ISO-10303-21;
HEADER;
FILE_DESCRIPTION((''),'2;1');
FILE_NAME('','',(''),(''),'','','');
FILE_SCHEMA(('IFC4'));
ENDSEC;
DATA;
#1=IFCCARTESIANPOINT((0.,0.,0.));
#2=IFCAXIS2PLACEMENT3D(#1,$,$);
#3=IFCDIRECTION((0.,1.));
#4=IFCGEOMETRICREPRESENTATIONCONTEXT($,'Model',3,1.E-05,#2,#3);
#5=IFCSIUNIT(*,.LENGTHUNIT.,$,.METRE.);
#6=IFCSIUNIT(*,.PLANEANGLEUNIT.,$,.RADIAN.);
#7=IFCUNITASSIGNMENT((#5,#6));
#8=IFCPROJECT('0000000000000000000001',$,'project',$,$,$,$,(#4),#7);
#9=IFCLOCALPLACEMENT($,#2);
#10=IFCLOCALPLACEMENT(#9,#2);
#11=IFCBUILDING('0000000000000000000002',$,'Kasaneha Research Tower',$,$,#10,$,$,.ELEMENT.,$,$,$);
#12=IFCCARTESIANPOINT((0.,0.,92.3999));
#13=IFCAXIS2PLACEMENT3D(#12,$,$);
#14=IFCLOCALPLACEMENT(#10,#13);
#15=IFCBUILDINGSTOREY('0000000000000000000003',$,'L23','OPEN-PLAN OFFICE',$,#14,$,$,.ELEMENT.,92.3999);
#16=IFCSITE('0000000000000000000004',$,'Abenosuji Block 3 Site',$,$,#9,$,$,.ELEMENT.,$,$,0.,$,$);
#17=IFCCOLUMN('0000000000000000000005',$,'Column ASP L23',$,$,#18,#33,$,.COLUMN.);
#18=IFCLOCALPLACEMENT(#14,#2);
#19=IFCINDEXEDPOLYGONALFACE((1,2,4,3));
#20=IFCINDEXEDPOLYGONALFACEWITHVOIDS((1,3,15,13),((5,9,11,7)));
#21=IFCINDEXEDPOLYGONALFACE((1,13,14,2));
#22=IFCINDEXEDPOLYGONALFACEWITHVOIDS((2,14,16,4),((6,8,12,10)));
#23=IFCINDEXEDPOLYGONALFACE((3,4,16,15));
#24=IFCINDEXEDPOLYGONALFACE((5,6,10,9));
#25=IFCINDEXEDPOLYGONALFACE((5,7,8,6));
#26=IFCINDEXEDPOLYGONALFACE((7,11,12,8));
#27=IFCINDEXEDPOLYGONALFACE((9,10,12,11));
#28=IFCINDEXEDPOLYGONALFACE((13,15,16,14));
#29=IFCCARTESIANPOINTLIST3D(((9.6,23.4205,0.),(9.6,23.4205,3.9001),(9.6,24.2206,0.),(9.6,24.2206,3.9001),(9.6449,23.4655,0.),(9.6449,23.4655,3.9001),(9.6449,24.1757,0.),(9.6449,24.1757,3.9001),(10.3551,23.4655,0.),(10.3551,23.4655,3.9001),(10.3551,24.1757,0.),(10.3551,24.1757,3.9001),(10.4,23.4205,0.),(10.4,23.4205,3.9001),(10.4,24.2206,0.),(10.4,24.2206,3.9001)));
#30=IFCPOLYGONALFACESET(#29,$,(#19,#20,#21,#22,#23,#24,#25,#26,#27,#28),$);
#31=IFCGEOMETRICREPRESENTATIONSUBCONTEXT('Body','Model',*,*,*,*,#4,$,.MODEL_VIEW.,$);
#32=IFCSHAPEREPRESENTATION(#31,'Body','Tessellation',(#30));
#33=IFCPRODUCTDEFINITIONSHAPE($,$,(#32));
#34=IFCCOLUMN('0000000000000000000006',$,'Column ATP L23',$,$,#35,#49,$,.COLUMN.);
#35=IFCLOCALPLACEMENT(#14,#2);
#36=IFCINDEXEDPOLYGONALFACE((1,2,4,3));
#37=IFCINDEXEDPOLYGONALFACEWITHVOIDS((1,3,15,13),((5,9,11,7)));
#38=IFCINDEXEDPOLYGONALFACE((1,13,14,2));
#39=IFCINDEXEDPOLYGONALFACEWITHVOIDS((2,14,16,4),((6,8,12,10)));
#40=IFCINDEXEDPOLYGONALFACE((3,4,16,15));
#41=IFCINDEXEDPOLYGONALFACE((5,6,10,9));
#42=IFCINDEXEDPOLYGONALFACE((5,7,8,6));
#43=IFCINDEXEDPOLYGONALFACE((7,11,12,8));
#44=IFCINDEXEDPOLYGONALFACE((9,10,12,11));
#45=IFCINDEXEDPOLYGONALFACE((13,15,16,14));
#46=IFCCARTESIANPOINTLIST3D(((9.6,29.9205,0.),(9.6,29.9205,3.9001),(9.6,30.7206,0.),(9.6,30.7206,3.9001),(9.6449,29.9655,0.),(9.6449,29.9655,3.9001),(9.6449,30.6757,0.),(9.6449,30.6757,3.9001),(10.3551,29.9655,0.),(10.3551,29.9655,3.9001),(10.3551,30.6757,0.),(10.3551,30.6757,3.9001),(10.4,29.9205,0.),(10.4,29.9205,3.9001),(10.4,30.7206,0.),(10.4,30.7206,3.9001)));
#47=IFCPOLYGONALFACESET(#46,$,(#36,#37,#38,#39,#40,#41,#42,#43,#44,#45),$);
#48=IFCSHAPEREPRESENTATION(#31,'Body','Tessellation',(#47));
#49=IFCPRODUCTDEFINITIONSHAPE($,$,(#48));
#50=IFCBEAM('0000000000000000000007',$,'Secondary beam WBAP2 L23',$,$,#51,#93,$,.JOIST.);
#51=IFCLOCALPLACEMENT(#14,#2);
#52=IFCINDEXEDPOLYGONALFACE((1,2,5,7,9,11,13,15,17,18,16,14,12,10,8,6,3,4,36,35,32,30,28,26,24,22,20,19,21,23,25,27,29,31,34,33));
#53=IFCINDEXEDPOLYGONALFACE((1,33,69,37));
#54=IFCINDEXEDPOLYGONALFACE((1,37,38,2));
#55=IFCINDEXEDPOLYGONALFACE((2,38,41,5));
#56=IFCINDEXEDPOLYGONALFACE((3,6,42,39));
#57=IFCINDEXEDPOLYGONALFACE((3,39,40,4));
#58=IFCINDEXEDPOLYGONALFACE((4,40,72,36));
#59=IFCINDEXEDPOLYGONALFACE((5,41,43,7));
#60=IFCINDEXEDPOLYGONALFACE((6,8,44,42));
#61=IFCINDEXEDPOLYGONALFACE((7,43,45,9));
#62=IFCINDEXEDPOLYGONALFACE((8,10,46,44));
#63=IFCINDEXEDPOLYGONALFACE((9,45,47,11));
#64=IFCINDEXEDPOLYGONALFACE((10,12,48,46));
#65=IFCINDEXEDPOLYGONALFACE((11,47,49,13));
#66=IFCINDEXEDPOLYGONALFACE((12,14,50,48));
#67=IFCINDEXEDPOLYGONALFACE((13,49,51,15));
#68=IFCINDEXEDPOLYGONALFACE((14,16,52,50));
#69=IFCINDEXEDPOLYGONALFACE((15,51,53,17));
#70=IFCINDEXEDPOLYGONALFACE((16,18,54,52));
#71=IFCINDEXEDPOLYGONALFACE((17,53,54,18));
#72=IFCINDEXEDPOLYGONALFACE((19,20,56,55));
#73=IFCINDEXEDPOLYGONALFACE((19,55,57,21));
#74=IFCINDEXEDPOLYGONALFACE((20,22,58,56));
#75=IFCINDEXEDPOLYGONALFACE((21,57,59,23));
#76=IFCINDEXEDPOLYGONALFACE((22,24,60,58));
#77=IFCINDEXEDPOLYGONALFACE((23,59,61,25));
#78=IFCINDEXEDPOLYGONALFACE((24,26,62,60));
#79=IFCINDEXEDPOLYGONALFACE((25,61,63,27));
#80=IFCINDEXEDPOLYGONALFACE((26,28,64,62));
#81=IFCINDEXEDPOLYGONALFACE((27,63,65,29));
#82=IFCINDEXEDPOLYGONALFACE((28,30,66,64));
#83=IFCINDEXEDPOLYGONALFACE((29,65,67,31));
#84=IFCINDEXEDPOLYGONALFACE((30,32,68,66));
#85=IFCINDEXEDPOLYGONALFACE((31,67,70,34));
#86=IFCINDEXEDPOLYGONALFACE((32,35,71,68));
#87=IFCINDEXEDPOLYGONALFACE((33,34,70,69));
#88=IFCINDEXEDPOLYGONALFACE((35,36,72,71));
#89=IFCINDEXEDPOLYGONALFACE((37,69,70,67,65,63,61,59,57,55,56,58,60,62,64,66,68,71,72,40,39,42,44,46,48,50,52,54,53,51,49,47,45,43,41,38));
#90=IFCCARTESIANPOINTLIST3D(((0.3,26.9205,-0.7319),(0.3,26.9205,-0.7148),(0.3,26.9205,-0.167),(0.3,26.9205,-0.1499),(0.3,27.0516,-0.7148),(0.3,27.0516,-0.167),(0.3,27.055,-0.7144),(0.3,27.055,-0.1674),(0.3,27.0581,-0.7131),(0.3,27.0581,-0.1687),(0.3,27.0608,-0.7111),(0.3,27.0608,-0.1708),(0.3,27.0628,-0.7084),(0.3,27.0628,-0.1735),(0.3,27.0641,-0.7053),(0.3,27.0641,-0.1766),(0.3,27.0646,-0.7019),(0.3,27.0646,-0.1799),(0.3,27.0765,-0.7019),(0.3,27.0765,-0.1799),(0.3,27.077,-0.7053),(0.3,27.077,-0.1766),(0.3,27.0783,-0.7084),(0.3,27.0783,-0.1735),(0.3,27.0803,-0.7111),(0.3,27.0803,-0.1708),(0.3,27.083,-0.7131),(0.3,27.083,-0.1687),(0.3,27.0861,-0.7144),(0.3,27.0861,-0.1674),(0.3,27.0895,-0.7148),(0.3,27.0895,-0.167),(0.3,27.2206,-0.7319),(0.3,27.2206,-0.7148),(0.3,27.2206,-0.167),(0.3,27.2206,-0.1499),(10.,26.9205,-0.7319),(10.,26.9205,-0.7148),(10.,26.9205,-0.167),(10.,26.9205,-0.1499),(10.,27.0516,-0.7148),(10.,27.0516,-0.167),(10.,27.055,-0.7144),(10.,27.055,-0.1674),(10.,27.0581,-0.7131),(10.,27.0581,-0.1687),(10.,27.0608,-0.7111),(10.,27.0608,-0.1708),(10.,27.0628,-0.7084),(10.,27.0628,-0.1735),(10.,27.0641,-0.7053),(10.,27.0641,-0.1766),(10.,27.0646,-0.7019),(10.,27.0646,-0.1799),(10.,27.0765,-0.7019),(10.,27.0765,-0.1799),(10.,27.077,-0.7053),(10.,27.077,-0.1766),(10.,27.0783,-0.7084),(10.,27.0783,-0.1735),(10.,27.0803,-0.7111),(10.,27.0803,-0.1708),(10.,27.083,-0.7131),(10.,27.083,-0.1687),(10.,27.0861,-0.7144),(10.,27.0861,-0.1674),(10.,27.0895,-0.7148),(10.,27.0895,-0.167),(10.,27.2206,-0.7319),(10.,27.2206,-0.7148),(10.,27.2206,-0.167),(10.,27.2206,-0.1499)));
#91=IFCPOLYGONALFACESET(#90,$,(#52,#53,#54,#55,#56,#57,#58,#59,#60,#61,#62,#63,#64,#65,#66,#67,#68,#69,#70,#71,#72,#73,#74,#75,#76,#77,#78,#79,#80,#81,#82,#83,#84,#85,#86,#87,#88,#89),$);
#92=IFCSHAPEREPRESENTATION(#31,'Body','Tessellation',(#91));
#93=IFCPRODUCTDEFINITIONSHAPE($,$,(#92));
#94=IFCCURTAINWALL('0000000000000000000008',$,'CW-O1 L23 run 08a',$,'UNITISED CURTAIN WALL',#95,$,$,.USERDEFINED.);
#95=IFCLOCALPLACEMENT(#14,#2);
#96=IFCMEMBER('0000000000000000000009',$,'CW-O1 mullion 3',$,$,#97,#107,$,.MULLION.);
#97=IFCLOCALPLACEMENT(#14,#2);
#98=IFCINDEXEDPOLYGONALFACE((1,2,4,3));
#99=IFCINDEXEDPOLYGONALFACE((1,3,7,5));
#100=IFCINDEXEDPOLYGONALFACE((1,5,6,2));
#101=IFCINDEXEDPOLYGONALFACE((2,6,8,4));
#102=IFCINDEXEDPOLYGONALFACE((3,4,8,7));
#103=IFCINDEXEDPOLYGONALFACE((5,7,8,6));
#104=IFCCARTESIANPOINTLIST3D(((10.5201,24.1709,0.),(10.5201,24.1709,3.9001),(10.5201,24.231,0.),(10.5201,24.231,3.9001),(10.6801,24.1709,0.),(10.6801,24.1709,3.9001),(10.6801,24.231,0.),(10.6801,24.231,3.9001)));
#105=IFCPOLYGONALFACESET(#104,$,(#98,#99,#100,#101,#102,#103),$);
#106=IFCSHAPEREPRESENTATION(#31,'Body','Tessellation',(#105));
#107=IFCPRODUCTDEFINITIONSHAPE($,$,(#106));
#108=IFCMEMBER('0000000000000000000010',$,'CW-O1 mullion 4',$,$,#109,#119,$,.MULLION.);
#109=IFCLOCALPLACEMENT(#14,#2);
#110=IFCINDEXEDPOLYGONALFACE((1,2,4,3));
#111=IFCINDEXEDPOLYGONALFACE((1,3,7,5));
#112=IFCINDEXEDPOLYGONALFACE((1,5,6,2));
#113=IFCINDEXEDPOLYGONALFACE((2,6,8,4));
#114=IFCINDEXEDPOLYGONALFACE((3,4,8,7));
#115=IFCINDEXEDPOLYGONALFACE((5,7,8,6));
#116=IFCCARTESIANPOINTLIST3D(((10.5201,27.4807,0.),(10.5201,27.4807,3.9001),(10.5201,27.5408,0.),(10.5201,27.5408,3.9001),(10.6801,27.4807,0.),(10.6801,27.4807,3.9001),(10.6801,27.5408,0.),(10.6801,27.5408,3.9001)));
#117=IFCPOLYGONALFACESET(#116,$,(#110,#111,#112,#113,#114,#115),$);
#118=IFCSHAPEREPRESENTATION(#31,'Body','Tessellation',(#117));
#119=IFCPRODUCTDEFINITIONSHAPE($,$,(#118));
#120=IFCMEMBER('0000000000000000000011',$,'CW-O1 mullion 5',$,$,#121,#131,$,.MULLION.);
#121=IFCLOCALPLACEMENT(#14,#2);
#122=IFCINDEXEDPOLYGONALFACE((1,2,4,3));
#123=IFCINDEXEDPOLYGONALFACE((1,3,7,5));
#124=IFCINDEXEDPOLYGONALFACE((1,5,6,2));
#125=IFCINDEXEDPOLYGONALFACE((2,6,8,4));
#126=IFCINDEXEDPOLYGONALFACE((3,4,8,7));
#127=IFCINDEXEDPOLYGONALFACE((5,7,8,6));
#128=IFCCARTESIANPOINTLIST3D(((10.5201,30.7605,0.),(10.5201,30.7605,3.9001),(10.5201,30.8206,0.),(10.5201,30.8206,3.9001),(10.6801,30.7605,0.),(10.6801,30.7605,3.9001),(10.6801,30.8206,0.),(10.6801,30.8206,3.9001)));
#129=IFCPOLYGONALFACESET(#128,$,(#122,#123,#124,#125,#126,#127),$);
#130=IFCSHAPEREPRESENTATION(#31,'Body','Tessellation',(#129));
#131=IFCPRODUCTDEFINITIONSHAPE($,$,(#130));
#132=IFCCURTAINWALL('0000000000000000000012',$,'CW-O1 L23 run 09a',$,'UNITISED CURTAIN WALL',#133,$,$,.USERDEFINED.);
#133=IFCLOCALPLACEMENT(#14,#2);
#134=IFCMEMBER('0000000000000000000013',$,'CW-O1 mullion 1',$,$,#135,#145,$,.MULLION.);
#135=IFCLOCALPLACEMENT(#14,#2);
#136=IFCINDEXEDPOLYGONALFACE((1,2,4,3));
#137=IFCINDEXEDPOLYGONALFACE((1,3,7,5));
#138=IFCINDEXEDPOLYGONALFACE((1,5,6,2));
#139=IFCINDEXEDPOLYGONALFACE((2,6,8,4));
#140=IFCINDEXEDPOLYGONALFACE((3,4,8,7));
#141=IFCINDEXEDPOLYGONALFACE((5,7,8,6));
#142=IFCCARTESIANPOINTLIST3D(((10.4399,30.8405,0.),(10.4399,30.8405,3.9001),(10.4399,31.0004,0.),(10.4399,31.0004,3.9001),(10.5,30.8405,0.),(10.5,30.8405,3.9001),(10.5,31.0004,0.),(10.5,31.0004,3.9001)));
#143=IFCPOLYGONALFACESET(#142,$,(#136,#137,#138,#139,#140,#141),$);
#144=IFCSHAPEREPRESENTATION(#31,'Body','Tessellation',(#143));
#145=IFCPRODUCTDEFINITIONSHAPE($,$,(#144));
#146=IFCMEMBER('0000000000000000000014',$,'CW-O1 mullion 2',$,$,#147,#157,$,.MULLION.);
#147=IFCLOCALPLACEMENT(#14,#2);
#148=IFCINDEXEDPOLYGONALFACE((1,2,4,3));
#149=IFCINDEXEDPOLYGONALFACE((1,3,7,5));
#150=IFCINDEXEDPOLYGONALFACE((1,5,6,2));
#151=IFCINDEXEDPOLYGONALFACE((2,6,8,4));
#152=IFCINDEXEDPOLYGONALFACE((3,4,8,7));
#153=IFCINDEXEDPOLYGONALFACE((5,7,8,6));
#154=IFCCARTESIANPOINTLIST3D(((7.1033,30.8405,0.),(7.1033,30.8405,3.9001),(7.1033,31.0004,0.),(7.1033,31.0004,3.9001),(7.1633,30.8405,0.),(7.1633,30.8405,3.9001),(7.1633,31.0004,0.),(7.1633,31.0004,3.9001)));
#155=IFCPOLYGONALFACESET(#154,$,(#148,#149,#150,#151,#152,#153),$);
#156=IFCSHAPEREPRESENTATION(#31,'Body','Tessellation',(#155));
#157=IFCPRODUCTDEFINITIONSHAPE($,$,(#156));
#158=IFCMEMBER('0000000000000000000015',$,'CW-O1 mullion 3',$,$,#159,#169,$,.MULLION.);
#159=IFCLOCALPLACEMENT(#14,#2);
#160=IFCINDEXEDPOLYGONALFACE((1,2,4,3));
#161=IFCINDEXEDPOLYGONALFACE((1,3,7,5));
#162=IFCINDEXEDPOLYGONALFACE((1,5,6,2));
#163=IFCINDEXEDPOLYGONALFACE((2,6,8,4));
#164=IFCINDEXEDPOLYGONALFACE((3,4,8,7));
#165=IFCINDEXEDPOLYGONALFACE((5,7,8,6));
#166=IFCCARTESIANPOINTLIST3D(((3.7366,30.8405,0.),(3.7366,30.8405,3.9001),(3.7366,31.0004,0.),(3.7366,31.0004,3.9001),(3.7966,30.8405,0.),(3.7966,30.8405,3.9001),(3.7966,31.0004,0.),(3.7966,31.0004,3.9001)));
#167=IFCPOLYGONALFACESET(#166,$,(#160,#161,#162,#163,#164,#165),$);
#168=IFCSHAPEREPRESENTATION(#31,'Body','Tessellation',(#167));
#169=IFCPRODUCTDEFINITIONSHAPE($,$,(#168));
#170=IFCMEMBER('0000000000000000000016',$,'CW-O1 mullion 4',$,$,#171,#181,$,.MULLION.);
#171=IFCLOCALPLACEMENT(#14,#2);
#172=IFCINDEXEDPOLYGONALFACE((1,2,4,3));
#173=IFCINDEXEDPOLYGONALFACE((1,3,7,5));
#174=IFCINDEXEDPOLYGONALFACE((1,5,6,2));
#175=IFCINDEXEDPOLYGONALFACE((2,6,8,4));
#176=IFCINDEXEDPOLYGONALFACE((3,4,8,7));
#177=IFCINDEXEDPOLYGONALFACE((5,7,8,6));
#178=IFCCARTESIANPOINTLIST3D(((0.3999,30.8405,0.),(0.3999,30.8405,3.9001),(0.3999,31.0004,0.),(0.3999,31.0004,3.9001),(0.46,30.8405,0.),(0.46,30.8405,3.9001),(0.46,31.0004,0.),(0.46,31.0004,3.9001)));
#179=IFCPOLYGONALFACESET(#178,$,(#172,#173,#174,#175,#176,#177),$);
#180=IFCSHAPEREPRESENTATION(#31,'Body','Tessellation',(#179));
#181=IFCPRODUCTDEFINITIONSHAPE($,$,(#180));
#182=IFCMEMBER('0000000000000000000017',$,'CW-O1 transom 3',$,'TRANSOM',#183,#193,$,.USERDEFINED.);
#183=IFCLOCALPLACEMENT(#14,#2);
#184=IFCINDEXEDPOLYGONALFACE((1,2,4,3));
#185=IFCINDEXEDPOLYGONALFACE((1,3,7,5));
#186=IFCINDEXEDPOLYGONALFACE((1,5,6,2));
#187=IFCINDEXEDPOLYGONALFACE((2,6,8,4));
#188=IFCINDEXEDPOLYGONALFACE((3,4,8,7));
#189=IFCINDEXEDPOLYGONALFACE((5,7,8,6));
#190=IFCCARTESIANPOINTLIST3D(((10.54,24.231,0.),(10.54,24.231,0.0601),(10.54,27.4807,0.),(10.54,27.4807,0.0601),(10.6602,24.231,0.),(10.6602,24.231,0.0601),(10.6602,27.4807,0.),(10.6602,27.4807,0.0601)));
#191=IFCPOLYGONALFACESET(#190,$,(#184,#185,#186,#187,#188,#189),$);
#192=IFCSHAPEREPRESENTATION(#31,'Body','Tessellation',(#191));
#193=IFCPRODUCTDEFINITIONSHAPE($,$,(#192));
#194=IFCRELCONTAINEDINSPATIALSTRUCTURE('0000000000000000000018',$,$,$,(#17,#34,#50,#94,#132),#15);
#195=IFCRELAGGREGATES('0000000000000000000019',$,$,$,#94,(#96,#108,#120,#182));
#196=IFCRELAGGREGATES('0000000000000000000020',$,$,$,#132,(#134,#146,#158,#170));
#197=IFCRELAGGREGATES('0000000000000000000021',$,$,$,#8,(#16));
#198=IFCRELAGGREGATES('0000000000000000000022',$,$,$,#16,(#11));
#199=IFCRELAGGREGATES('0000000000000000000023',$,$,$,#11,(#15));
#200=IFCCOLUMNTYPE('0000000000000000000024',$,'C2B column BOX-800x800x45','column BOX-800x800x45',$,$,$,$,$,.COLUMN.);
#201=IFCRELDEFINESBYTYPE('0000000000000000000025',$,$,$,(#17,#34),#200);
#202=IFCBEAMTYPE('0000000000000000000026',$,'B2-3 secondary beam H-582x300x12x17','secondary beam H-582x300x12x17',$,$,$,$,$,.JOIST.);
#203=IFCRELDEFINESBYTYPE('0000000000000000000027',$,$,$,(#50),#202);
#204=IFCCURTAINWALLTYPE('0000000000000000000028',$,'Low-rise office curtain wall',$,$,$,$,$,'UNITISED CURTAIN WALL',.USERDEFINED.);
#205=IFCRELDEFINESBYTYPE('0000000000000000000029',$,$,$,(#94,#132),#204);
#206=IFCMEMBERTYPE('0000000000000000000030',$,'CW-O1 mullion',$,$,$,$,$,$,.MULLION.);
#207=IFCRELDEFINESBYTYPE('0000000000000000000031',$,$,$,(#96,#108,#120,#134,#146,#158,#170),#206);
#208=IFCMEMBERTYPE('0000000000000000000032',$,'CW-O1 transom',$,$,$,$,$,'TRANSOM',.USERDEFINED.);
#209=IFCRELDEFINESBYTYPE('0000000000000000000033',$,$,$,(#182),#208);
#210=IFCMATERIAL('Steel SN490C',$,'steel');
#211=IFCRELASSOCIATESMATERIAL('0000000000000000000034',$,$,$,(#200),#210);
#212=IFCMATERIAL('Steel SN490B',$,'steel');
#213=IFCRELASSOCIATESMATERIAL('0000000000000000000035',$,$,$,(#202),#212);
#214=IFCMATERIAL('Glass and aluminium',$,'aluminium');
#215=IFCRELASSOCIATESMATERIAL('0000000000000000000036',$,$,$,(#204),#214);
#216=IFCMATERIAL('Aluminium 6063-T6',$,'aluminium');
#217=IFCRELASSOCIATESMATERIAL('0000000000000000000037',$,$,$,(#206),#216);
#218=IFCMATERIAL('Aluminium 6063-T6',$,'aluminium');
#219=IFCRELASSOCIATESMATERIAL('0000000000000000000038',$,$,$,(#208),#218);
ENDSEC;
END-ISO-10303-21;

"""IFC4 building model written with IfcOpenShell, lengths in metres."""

from ifc_helpers import new_model, si_unit, direction, frame, origin, origin_2d, place, context, subcontext, project, spatial, rectangle, hollow_rectangle, i_section, extrude, material, material_profile, profile_set, type_object, element, aggregate, save


model = new_model("IFC4")

# Units and contexts
model_context = context("Model", 3, precision=1e-05, world=origin(), true_north=direction((0.0, 1.0)))
body_context = subcontext(model_context, "Body", "Model", "MODEL_VIEW")
ifc_project = project(units=[si_unit("LENGTHUNIT", "METRE"), si_unit("PLANEANGLEUNIT", "RADIAN")], contexts=[model_context])

# Site, building, storey
site_placement = place(None, origin())
site = spatial("IfcSite", under=ifc_project, at=site_placement, Name="Abenosuji Block 3 Site", CompositionType="ELEMENT", RefElevation=0.0)
building_placement = place(site_placement, origin())
building = spatial("IfcBuilding", under=site, at=building_placement, Name="Kasaneha Research Tower", CompositionType="ELEMENT")
storey_placement = place(building_placement, frame((0.0, 0.0, 92.3999)))
storey = spatial("IfcBuildingStorey", under=building, at=storey_placement, Name="L23", Description="OPEN-PLAN OFFICE", CompositionType="ELEMENT", Elevation=92.3999)

# Columns
ifc_material_1 = material(Name="Steel SN490C", Category="steel")
ifc_material_profile_1 = material_profile(ifc_material_1, hollow_rectangle(XDim=0.8, YDim=0.8, WallThickness=0.0449, at=origin_2d()), Name="BOX-800x800x45")
ifc_profile_set_1 = profile_set([ifc_material_profile_1], Name="Steel SN490C")
column_type = type_object("IfcColumnType", Name="C2B column BOX-800x800x45", Description="column BOX-800x800x45", PredefinedType="COLUMN", material=ifc_profile_set_1)
for number, where, z_axis, x_axis, name in (
    (1, (10.0, 23.8206, 0.0), (0.0, 0.0, 1.0), (1.0, 0.0, 0.0), "Column ASP L23"),
    (2, (10.0, 30.3206, 0.0), (0.0, 0.0, 1.0), (1.0, 0.0, 0.0), "Column ATP L23"),
):
    element("IfcColumn", number, at=place(storey_placement, frame(where, z_axis=z_axis, x_axis=x_axis)), inside=storey, type_object=column_type, Name=name, PredefinedType="COLUMN", context=body_context, shape_type="SweptSolid", body=[
        extrude(hollow_rectangle(XDim=0.8, YDim=0.8, WallThickness=0.0449, at=origin_2d()), origin(), (0.0, 0.0, 1.0), 3.9001),
    ])

# Beam
ifc_material_2 = material(Name="Steel SN490B", Category="steel")
ifc_material_profile_2 = material_profile(ifc_material_2, i_section(OverallWidth=0.3, OverallDepth=0.582, WebThickness=0.012, FlangeThickness=0.0171, FilletRadius=0.0129, at=origin_2d()), Name="H-582x300x12x17")
ifc_profile_set_2 = profile_set([ifc_material_profile_2], Name="Steel SN490B")
beam_type_1 = type_object("IfcBeamType", Name="B2-3 secondary beam H-582x300x12x17", Description="secondary beam H-582x300x12x17", PredefinedType="JOIST", material=ifc_profile_set_2)
beam_1_placement = place(storey_placement, frame((10.0, 27.0706, -0.4409), z_axis=(-1.0, 0.0, 0.0), x_axis=(0.0, -1.0, 0.0)))
element("IfcBeam", 3, at=beam_1_placement, inside=storey, type_object=beam_type_1, Name="Secondary beam WBAP2 L23", PredefinedType="JOIST", context=body_context, shape_type="SweptSolid", body=[
    extrude(i_section(OverallWidth=0.3, OverallDepth=0.582, WebThickness=0.012, FlangeThickness=0.0171, FilletRadius=0.0129, at=origin_2d()), origin(), (0.0, 0.0, 1.0), 9.7),
])

# Curtain walls, members
ifc_material_3 = material(Name="Glass and aluminium", Category="aluminium")
curtain_wall_type = type_object("IfcCurtainWallType", Name="Low-rise office curtain wall", ElementType="UNITISED CURTAIN WALL", PredefinedType="USERDEFINED", material=ifc_material_3)
curtain_wall_1_placement = place(storey_placement, origin())
curtain_wall_1 = element("IfcCurtainWall", 4, at=curtain_wall_1_placement, inside=storey, type_object=curtain_wall_type, Name="CW-O1 L23 run 08a", ObjectType="UNITISED CURTAIN WALL", PredefinedType="USERDEFINED")
ifc_material_4 = material(Name="Aluminium 6063-T6", Category="aluminium")
ifc_material_profile_3 = material_profile(ifc_material_4, rectangle(XDim=0.0601, YDim=0.1599, at=origin_2d()), Name="CW-O1 mullion 60x160")
ifc_profile_set_3 = profile_set([ifc_material_profile_3], Name="Aluminium 6063-T6")
member_type_1 = type_object("IfcMemberType", Name="CW-O1 mullion", PredefinedType="MULLION", material=ifc_profile_set_3)
member_1_placement = place(storey_placement, frame((10.6001, 24.2009, 0.0), z_axis=(0.0, 0.0, 1.0), x_axis=(0.0, 1.0, 0.0)))
member_1 = element("IfcMember", 5, at=member_1_placement, type_object=member_type_1, Name="CW-O1 mullion 3", PredefinedType="MULLION", context=body_context, shape_type="SweptSolid", body=[
    extrude(rectangle(XDim=0.0601, YDim=0.1599, at=origin_2d()), origin(), (0.0, 0.0, 1.0), 3.9001),
])
member_2_placement = place(storey_placement, frame((10.6001, 27.5107, 0.0), z_axis=(0.0, 0.0, 1.0), x_axis=(0.0, 1.0, 0.0)))
member_2 = element("IfcMember", 6, at=member_2_placement, type_object=member_type_1, Name="CW-O1 mullion 4", PredefinedType="MULLION", context=body_context, shape_type="SweptSolid", body=[
    extrude(rectangle(XDim=0.0601, YDim=0.1599, at=origin_2d()), origin(), (0.0, 0.0, 1.0), 3.9001),
])
member_3_placement = place(storey_placement, frame((10.6001, 30.7905, 0.0), z_axis=(0.0, 0.0, 1.0), x_axis=(0.0, 1.0, 0.0)))
member_3 = element("IfcMember", 7, at=member_3_placement, type_object=member_type_1, Name="CW-O1 mullion 5", PredefinedType="MULLION", context=body_context, shape_type="SweptSolid", body=[
    extrude(rectangle(XDim=0.0601, YDim=0.1599, at=origin_2d()), origin(), (0.0, 0.0, 1.0), 3.9001),
])
curtain_wall_2_placement = place(storey_placement, origin())
curtain_wall_2 = element("IfcCurtainWall", 8, at=curtain_wall_2_placement, inside=storey, type_object=curtain_wall_type, Name="CW-O1 L23 run 09a", ObjectType="UNITISED CURTAIN WALL", PredefinedType="USERDEFINED")
member_4_placement = place(storey_placement, frame((10.47, 30.9204, 0.0), z_axis=(0.0, 0.0, 1.0), x_axis=(-1.0, 0.0, 0.0)))
member_4 = element("IfcMember", 9, at=member_4_placement, type_object=member_type_1, Name="CW-O1 mullion 1", PredefinedType="MULLION", context=body_context, shape_type="SweptSolid", body=[
    extrude(rectangle(XDim=0.0601, YDim=0.1599, at=origin_2d()), origin(), (0.0, 0.0, 1.0), 3.9001),
])
member_5_placement = place(storey_placement, frame((7.1333, 30.9204, 0.0), z_axis=(0.0, 0.0, 1.0), x_axis=(-1.0, 0.0, 0.0)))
member_5 = element("IfcMember", 10, at=member_5_placement, type_object=member_type_1, Name="CW-O1 mullion 2", PredefinedType="MULLION", context=body_context, shape_type="SweptSolid", body=[
    extrude(rectangle(XDim=0.0601, YDim=0.1599, at=origin_2d()), origin(), (0.0, 0.0, 1.0), 3.9001),
])
member_6_placement = place(storey_placement, frame((3.7666, 30.9204, 0.0), z_axis=(0.0, 0.0, 1.0), x_axis=(-1.0, 0.0, 0.0)))
member_6 = element("IfcMember", 11, at=member_6_placement, type_object=member_type_1, Name="CW-O1 mullion 3", PredefinedType="MULLION", context=body_context, shape_type="SweptSolid", body=[
    extrude(rectangle(XDim=0.0601, YDim=0.1599, at=origin_2d()), origin(), (0.0, 0.0, 1.0), 3.9001),
])
member_7_placement = place(storey_placement, frame((0.4299, 30.9204, 0.0), z_axis=(0.0, 0.0, 1.0), x_axis=(-1.0, 0.0, 0.0)))
member_7 = element("IfcMember", 12, at=member_7_placement, type_object=member_type_1, Name="CW-O1 mullion 4", PredefinedType="MULLION", context=body_context, shape_type="SweptSolid", body=[
    extrude(rectangle(XDim=0.0601, YDim=0.1599, at=origin_2d()), origin(), (0.0, 0.0, 1.0), 3.9001),
])

# Member
ifc_material_5 = material(Name="Aluminium 6063-T6", Category="aluminium")
ifc_material_profile_4 = material_profile(ifc_material_5, rectangle(XDim=0.1201, YDim=0.0601, at=origin_2d()), Name="CW-O1 transom 120x60")
ifc_profile_set_4 = profile_set([ifc_material_profile_4], Name="Aluminium 6063-T6")
member_type_2 = type_object("IfcMemberType", Name="CW-O1 transom", ElementType="TRANSOM", PredefinedType="USERDEFINED", material=ifc_profile_set_4)
member_8_placement = place(storey_placement, frame((10.6001, 24.231, 0.03), z_axis=(0.0, 1.0, 0.0), x_axis=(-1.0, 0.0, 0.0)))
member_8 = element("IfcMember", 13, at=member_8_placement, type_object=member_type_2, Name="CW-O1 transom 3", ObjectType="TRANSOM", PredefinedType="USERDEFINED", context=body_context, shape_type="SweptSolid", body=[
    extrude(rectangle(XDim=0.1201, YDim=0.0601, at=origin_2d()), origin(), (0.0, 0.0, 1.0), 3.2498),
])

aggregate(curtain_wall_1, [member_1, member_2, member_3, member_8])
aggregate(curtain_wall_2, [member_4, member_5, member_6, member_7])

save(model, "model.ifc")
